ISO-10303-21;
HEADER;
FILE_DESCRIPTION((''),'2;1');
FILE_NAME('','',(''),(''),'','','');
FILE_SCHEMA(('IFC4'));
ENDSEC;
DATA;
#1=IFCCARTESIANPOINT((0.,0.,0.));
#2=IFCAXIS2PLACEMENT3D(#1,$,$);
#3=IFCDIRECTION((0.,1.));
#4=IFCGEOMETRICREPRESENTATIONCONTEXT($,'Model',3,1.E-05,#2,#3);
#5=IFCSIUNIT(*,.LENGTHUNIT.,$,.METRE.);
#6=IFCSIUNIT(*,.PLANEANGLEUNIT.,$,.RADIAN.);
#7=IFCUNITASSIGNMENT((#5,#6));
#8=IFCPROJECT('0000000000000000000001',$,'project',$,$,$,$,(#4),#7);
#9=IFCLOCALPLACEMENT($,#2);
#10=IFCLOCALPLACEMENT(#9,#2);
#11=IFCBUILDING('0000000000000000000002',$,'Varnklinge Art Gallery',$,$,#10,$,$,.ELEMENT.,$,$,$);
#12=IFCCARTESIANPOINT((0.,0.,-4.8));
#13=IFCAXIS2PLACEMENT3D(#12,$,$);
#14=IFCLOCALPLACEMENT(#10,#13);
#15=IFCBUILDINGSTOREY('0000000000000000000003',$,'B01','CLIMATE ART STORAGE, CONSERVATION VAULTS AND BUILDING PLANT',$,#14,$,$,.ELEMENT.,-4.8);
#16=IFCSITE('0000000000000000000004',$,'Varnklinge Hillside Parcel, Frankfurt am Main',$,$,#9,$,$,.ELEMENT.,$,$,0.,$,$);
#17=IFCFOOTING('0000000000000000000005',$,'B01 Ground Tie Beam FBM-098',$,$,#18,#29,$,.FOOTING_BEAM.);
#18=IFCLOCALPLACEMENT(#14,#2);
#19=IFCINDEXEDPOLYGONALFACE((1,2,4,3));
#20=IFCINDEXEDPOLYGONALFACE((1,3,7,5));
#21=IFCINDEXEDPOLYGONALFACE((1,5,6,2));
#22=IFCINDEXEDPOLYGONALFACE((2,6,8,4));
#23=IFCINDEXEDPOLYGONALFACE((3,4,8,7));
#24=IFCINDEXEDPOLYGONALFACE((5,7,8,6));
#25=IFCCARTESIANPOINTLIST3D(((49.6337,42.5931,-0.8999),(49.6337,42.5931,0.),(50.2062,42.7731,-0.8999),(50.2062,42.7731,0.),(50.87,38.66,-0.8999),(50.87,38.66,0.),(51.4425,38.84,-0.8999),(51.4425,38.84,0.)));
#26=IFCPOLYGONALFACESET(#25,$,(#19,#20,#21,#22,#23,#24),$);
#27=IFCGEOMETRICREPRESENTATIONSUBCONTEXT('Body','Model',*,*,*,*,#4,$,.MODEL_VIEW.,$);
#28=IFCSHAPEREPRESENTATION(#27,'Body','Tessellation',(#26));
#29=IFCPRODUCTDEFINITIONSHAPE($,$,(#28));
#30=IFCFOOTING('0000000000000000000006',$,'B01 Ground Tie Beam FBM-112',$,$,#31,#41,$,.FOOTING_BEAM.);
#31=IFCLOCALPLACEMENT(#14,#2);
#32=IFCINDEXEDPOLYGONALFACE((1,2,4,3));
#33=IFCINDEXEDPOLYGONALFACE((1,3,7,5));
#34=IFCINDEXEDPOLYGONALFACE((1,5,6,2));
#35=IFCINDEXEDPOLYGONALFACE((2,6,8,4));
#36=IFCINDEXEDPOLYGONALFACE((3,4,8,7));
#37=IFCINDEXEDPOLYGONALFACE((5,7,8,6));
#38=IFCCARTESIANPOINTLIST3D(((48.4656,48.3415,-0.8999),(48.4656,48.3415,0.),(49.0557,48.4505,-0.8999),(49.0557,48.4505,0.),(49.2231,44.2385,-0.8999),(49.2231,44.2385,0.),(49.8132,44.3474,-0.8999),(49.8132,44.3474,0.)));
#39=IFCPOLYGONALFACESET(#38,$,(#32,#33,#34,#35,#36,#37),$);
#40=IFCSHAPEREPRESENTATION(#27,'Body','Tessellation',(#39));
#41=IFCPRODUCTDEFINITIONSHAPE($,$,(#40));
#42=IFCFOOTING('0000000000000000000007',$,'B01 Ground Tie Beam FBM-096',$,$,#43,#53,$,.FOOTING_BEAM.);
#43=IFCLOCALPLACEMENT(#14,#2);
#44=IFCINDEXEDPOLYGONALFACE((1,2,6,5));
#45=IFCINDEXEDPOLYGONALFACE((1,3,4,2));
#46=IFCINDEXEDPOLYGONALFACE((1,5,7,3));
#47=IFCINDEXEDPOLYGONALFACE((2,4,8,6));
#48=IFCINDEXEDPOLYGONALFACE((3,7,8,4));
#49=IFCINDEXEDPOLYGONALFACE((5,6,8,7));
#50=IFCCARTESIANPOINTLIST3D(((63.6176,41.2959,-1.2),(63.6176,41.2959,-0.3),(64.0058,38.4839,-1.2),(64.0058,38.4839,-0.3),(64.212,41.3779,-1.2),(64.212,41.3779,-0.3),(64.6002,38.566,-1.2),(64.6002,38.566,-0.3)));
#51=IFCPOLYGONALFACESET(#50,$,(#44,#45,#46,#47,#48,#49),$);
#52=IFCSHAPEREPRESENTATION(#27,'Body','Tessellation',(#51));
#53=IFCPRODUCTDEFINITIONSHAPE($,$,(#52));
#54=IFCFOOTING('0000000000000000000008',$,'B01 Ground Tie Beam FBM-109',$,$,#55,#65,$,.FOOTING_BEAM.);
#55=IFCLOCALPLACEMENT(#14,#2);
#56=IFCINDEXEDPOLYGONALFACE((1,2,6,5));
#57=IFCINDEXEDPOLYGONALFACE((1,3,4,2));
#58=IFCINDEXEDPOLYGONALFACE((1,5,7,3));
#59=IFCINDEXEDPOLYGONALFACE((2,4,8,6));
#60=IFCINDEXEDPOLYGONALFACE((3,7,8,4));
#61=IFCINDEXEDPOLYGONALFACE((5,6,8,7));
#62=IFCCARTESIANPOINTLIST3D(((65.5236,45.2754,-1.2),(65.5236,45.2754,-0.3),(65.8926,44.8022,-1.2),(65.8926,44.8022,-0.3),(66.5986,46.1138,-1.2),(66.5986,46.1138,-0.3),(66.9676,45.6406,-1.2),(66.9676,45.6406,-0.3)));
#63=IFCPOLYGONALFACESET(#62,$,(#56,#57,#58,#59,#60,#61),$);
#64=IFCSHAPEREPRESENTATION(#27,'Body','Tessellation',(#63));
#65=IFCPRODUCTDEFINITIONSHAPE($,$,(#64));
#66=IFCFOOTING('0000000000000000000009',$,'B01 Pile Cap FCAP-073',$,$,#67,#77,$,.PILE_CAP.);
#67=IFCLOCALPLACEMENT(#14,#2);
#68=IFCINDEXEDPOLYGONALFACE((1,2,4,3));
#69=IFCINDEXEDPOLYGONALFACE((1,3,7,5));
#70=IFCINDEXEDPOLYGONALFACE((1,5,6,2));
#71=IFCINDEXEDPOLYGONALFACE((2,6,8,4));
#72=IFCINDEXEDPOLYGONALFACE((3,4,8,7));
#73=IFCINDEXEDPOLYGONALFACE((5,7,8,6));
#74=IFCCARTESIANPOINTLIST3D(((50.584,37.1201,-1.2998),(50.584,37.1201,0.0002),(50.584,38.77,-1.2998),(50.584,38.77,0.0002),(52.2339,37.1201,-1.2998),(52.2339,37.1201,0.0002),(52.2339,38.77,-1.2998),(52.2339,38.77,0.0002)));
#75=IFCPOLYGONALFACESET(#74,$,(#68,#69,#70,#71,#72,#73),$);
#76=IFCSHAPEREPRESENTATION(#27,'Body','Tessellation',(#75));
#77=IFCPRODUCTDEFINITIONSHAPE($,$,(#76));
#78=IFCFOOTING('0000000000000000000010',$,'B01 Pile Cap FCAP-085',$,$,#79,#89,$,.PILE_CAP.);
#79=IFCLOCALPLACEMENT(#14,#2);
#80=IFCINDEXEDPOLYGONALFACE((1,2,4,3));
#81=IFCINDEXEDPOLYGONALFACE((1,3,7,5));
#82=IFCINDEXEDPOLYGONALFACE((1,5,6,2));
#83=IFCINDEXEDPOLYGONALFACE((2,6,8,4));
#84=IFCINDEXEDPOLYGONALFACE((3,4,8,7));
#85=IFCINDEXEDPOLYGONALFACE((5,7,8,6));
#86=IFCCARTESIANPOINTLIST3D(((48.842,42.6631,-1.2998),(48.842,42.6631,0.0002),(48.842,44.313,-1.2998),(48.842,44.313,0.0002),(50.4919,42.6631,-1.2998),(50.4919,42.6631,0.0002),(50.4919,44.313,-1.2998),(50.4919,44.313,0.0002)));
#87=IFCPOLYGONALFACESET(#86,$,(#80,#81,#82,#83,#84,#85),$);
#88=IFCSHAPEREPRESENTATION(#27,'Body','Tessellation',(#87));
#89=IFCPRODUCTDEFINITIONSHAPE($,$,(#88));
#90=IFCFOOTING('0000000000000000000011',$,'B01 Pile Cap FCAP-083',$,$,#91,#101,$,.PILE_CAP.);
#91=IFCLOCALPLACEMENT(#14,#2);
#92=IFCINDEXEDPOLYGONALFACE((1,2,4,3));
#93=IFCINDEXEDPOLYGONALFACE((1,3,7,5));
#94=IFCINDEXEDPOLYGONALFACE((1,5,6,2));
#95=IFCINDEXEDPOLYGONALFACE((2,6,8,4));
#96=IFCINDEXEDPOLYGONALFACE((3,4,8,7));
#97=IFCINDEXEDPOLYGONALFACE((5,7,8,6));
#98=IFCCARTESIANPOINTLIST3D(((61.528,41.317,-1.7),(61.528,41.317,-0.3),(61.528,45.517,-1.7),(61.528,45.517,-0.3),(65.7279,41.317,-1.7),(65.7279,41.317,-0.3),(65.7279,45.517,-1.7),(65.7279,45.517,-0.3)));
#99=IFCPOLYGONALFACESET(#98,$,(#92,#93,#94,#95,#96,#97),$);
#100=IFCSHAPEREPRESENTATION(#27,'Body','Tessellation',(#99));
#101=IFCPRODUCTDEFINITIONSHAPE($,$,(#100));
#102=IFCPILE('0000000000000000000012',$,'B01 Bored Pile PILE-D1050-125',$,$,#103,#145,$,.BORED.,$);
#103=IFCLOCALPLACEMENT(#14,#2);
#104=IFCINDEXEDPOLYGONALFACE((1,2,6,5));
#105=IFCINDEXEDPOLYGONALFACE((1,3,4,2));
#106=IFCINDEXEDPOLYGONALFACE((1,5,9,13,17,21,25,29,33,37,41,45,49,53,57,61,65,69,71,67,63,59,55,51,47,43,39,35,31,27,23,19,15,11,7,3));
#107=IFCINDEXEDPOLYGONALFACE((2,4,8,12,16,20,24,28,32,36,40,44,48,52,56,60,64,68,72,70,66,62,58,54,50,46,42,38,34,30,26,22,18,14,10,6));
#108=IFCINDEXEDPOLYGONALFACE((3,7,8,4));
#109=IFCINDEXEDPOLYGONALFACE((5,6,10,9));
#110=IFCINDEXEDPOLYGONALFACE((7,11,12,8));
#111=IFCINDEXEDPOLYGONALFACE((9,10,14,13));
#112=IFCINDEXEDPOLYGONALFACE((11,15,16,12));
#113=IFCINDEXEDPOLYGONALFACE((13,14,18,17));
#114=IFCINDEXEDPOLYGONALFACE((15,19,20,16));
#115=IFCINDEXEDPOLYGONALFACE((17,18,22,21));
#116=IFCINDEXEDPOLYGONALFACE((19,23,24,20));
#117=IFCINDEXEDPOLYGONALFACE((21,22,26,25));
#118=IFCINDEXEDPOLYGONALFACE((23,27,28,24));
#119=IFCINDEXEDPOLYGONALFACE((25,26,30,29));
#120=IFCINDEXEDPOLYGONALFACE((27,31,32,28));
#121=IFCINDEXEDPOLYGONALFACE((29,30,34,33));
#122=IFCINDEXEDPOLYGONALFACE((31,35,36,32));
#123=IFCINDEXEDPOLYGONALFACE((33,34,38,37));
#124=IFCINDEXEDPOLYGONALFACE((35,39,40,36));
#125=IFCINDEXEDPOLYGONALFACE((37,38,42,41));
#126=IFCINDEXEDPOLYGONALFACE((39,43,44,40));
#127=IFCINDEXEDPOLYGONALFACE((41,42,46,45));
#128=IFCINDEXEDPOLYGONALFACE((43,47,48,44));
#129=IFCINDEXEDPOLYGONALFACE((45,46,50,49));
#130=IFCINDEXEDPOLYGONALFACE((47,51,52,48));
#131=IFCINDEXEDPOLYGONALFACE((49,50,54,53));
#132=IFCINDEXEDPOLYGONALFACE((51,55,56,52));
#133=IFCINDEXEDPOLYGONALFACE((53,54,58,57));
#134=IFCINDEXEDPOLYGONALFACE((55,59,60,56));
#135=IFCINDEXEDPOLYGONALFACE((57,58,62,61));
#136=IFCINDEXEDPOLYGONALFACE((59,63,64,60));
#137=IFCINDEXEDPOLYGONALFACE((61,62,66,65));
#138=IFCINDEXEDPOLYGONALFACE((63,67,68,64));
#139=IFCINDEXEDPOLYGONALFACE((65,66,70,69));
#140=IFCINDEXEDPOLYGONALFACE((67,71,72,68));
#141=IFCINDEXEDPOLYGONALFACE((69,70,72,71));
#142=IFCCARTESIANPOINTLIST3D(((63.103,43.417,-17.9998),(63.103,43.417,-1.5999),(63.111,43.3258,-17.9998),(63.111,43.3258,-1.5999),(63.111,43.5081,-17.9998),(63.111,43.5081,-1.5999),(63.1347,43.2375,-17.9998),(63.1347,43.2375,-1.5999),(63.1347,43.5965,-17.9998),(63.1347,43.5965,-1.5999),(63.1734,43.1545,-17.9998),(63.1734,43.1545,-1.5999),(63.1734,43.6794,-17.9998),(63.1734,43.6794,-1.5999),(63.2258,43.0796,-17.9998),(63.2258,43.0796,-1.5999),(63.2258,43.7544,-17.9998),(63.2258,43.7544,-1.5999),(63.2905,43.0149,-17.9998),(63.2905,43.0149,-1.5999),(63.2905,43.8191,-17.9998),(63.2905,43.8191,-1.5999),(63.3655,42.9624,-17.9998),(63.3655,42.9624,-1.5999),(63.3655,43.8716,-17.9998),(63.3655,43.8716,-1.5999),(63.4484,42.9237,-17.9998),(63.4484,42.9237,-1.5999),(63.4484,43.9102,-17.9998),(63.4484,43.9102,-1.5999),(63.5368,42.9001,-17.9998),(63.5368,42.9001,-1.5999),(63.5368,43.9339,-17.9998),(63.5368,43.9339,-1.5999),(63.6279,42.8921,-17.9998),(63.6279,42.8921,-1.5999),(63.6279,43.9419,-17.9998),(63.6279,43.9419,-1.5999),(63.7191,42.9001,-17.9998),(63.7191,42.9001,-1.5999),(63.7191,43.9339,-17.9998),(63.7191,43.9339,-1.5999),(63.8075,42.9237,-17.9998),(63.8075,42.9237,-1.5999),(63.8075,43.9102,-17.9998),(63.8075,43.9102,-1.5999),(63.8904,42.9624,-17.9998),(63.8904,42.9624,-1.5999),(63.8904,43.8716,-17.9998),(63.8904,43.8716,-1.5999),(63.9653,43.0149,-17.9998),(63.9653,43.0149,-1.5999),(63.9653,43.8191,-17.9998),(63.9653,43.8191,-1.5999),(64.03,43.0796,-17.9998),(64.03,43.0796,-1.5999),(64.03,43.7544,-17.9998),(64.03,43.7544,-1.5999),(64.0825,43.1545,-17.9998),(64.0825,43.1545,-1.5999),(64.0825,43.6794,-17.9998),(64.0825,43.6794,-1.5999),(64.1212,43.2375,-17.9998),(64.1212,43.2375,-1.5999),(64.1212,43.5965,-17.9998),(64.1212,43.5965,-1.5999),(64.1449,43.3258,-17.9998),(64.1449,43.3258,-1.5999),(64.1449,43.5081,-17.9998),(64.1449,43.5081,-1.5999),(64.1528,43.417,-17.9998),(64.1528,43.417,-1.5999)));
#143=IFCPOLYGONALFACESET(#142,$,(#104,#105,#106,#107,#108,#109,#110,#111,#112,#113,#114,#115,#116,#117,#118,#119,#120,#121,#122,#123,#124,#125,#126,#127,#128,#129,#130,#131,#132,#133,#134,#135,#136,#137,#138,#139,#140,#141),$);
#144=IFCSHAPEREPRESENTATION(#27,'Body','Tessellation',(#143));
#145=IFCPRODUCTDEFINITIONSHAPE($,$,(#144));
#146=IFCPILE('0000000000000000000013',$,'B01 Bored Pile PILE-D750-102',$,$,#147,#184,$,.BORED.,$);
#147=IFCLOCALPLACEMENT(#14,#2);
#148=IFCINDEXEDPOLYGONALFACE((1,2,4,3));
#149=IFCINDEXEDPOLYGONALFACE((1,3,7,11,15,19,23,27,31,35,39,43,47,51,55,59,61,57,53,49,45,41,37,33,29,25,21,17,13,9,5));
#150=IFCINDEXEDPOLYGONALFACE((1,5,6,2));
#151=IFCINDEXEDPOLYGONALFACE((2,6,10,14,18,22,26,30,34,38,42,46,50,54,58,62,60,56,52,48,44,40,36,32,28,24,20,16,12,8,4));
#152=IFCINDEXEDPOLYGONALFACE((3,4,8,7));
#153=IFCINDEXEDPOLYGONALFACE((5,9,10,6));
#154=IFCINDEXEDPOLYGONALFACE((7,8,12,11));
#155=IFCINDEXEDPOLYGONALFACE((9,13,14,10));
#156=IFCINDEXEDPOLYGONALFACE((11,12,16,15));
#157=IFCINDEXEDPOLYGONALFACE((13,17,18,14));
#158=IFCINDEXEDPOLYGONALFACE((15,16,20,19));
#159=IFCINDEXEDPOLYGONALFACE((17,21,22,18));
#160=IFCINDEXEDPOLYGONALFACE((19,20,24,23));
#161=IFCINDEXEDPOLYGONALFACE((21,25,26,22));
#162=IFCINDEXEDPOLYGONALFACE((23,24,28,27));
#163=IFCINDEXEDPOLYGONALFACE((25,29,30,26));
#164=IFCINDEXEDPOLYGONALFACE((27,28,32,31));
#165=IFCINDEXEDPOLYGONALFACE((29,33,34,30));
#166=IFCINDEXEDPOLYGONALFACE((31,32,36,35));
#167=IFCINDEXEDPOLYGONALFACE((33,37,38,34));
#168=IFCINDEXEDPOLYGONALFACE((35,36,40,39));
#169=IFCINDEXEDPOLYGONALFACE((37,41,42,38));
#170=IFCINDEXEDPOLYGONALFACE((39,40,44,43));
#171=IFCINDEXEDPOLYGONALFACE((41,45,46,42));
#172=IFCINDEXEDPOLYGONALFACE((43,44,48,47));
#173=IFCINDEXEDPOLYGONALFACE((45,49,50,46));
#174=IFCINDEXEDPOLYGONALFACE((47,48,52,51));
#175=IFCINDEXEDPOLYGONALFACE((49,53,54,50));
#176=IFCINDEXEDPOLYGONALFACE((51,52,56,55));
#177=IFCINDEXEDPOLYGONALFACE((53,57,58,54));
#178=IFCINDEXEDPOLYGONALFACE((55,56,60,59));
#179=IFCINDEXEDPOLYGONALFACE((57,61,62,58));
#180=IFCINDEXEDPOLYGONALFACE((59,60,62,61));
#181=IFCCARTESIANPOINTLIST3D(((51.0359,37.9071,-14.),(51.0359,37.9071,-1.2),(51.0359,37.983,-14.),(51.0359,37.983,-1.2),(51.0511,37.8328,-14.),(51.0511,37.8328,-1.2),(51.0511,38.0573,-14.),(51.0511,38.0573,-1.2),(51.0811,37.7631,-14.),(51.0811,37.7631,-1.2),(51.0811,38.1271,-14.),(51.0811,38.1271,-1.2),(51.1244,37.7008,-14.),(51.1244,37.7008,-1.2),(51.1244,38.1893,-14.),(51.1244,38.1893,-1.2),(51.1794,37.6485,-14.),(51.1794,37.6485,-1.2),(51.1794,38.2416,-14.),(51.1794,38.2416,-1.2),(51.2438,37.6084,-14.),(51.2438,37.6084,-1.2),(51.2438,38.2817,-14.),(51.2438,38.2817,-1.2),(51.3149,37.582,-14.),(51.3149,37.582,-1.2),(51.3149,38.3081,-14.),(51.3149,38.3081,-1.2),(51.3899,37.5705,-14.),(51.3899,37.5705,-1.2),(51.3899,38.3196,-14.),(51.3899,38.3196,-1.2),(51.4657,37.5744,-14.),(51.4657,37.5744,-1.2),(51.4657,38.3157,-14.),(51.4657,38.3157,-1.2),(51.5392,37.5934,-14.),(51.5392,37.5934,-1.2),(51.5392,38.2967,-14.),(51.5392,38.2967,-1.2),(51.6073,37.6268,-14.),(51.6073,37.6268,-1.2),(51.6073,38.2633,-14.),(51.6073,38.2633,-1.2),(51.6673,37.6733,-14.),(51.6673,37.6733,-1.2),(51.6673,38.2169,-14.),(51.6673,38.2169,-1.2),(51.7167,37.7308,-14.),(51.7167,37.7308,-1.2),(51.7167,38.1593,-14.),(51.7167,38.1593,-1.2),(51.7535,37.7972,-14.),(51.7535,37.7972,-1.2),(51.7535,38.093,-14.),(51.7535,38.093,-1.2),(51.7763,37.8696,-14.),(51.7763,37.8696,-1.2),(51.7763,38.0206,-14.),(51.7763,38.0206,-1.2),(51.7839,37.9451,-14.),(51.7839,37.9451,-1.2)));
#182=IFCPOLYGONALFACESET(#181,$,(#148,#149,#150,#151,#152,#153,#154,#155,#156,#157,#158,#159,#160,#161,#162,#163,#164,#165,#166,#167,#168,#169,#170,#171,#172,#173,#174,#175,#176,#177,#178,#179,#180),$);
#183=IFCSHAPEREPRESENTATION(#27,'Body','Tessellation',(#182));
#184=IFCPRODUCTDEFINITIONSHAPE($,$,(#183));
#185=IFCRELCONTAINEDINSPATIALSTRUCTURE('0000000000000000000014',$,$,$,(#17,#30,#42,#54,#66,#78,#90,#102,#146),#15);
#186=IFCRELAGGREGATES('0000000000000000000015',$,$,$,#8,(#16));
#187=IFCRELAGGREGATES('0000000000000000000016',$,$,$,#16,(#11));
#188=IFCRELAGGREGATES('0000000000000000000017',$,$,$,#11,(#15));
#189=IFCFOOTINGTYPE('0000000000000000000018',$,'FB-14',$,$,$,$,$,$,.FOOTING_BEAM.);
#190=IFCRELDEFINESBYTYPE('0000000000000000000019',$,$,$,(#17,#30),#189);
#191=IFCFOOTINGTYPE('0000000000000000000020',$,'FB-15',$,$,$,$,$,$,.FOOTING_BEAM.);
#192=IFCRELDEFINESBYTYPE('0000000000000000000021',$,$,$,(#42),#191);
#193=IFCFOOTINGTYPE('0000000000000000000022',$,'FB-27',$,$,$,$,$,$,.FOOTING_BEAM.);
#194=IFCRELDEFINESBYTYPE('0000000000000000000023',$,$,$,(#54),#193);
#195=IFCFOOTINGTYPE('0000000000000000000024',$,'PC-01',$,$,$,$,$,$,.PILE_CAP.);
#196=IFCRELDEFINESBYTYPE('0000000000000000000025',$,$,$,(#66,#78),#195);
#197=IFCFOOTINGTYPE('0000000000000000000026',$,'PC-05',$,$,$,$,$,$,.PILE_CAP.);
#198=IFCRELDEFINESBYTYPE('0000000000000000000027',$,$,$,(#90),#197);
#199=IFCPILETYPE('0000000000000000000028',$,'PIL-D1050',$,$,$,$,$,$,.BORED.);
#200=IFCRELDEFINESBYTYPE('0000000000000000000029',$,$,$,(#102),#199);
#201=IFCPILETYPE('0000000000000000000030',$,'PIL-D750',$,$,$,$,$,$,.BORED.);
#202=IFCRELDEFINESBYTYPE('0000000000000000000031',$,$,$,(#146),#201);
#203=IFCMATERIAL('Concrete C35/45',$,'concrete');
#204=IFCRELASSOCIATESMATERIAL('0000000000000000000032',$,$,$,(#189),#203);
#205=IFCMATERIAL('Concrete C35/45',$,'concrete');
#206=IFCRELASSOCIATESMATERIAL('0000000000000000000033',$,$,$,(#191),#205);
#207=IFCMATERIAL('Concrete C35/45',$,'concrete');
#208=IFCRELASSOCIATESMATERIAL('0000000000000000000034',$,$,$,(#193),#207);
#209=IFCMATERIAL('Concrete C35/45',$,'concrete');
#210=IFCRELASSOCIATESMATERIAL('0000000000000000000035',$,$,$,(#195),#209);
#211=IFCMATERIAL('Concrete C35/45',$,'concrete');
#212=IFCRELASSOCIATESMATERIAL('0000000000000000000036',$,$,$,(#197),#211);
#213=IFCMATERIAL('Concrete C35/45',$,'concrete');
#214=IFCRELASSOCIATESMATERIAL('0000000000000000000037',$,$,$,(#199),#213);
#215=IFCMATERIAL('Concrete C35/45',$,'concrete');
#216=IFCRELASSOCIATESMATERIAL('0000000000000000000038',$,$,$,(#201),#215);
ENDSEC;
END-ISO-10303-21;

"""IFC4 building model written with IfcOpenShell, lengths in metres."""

from ifc_helpers import new_model, si_unit, direction, frame, origin, origin_2d, place, context, subcontext, project, spatial, rectangle, circle, extrude, material, material_profile, profile_set, type_object, element, save


model = new_model("IFC4")

# Units and contexts
model_context = context("Model", 3, precision=1e-05, world=origin(), true_north=direction((0.0, 1.0)))
body_context = subcontext(model_context, "Body", "Model", "MODEL_VIEW")
ifc_project = project(units=[si_unit("LENGTHUNIT", "METRE"), si_unit("PLANEANGLEUNIT", "RADIAN")], contexts=[model_context])

# Site, building, storey
site_placement = place(None, origin())
site = spatial("IfcSite", under=ifc_project, at=site_placement, Name="Varnklinge Hillside Parcel, Frankfurt am Main", CompositionType="ELEMENT", RefElevation=0.0)
building_placement = place(site_placement, origin())
building = spatial("IfcBuilding", under=site, at=building_placement, Name="Varnklinge Art Gallery", CompositionType="ELEMENT")
storey_placement = place(building_placement, frame((0.0, 0.0, -4.8)))
storey = spatial("IfcBuildingStorey", under=building, at=storey_placement, Name="B01", Description="CLIMATE ART STORAGE, CONSERVATION VAULTS AND BUILDING PLANT", CompositionType="ELEMENT", Elevation=-4.8)

# Footings
ifc_material_1 = material(Name="Concrete C35/45", Category="concrete")
footing_type_1 = type_object("IfcFootingType", Name="FB-14", PredefinedType="FOOTING_BEAM", material=ifc_material_1)
footing_1_placement = place(storey_placement, frame((50.5381, 40.7166, -0.8999), z_axis=(0.0, 0.0, 1.0), x_axis=(-0.299873, 0.953979, 0.0)))
element("IfcFooting", 1, at=footing_1_placement, inside=storey, type_object=footing_type_1, Name="B01 Ground Tie Beam FBM-098", PredefinedType="FOOTING_BEAM", context=body_context, shape_type="SweptSolid", body=[
    extrude(rectangle(XDim=4.1228, YDim=0.6001, at=origin_2d()), origin(), (0.0, 0.0, 1.0), 0.8999),
])
footing_2_placement = place(storey_placement, frame((49.1394, 46.3445, -0.8999), z_axis=(0.0, 0.0, 1.0), x_axis=(-0.181549, 0.983382, 0.0)))
element("IfcFooting", 2, at=footing_2_placement, inside=storey, type_object=footing_type_1, Name="B01 Ground Tie Beam FBM-112", PredefinedType="FOOTING_BEAM", context=body_context, shape_type="SweptSolid", body=[
    extrude(rectangle(XDim=4.1724, YDim=0.6001, at=origin_2d()), origin(), (0.0, 0.0, 1.0), 0.8999),
])
ifc_material_2 = material(Name="Concrete C35/45", Category="concrete")
footing_type_2 = type_object("IfcFootingType", Name="FB-15", PredefinedType="FOOTING_BEAM", material=ifc_material_2)
footing_3_placement = place(storey_placement, frame((64.1089, 39.9309, -1.2), z_axis=(0.0, 0.0, 1.0), x_axis=(-0.136753, 0.990605, 0.0)))
element("IfcFooting", 3, at=footing_3_placement, inside=storey, type_object=footing_type_2, Name="B01 Ground Tie Beam FBM-096", PredefinedType="FOOTING_BEAM", context=body_context, shape_type="SweptSolid", body=[
    extrude(rectangle(XDim=2.8386, YDim=0.6001, at=origin_2d()), origin(), (0.0, 0.0, 1.0), 0.8999),
])
ifc_material_3 = material(Name="Concrete C35/45", Category="concrete")
footing_type_3 = type_object("IfcFootingType", Name="FB-27", PredefinedType="FOOTING_BEAM", material=ifc_material_3)
footing_4_placement = place(storey_placement, frame((66.2456, 45.458, -1.2), z_axis=(0.0, 0.0, 1.0), x_axis=(0.788548, 0.614974, 0.0)))
element("IfcFooting", 4, at=footing_4_placement, inside=storey, type_object=footing_type_3, Name="B01 Ground Tie Beam FBM-109", PredefinedType="FOOTING_BEAM", context=body_context, shape_type="SweptSolid", body=[
    extrude(rectangle(XDim=1.3633, YDim=0.6001, at=origin_2d()), origin(), (0.0, 0.0, 1.0), 0.8999),
])
ifc_material_4 = material(Name="Concrete C35/45", Category="concrete")
footing_type_4 = type_object("IfcFootingType", Name="PC-01", PredefinedType="PILE_CAP", material=ifc_material_4)
for number, where, z_axis, x_axis, name in (
    (5, (51.4089, 37.9451, -1.2998), (0.0, 0.0, 1.0), (1.0, 0.0, 0.0), "B01 Pile Cap FCAP-073"),
    (6, (49.667, 43.488, -1.2998), (0.0, 0.0, 1.0), (1.0, 0.0, 0.0), "B01 Pile Cap FCAP-085"),
):
    element("IfcFooting", number, at=place(storey_placement, frame(where, z_axis=z_axis, x_axis=x_axis)), inside=storey, type_object=footing_type_4, Name=name, PredefinedType="PILE_CAP", context=body_context, shape_type="SweptSolid", body=[
        extrude(rectangle(XDim=1.6499, YDim=1.6499, at=origin_2d()), origin(), (0.0, 0.0, 1.0), 1.3),
    ])
ifc_material_5 = material(Name="Concrete C35/45", Category="concrete")
footing_type_5 = type_object("IfcFootingType", Name="PC-05", PredefinedType="PILE_CAP", material=ifc_material_5)
footing_5_placement = place(storey_placement, frame((63.6279, 43.417, -1.7), z_axis=(0.0, 0.0, 1.0), x_axis=(1.0, 0.0, 0.0)))
element("IfcFooting", 7, at=footing_5_placement, inside=storey, type_object=footing_type_5, Name="B01 Pile Cap FCAP-083", PredefinedType="PILE_CAP", context=body_context, shape_type="SweptSolid", body=[
    extrude(rectangle(XDim=4.2, YDim=4.2, at=origin_2d()), origin(), (0.0, 0.0, 1.0), 1.3999),
])

# Piles
ifc_material_6 = material(Name="Concrete C35/45", Category="concrete")
ifc_material_profile_1 = material_profile(ifc_material_6, circle(Radius=0.5249, at=origin_2d()), Name="PILE D1050")
ifc_profile_set_1 = profile_set([ifc_material_profile_1], Name="Concrete C35/45")
pile_type_1 = type_object("IfcPileType", Name="PIL-D1050", PredefinedType="BORED", material=ifc_profile_set_1)
pile_placement = place(storey_placement, frame((63.6279, 43.417, -1.5999), z_axis=(0.0, 0.0, -1.0), x_axis=(1.0, 0.0, 0.0)))
element("IfcPile", 8, at=pile_placement, inside=storey, type_object=pile_type_1, Name="B01 Bored Pile PILE-D1050-125", PredefinedType="BORED", context=body_context, shape_type="SweptSolid", body=[
    extrude(circle(Radius=0.5249, at=origin_2d()), origin(), (0.0, 0.0, 1.0), 16.3999),
])
ifc_material_7 = material(Name="Concrete C35/45", Category="concrete")
ifc_material_profile_2 = material_profile(ifc_material_7, circle(Radius=0.375, at=origin_2d()), Name="PILE D750")
ifc_profile_set_2 = profile_set([ifc_material_profile_2], Name="Concrete C35/45")
pile_type_2 = type_object("IfcPileType", Name="PIL-D750", PredefinedType="BORED", material=ifc_profile_set_2)
for number, where, z_axis, x_axis, name in (
    (9, (51.4089, 37.9451, -1.2), (0.0, 0.0, -1.0), (1.0, 0.0, 0.0), "B01 Bored Pile PILE-D750-102"),
):
    element("IfcPile", number, at=place(storey_placement, frame(where, z_axis=z_axis, x_axis=x_axis)), inside=storey, type_object=pile_type_2, Name=name, PredefinedType="BORED", context=body_context, shape_type="SweptSolid", body=[
        extrude(circle(Radius=0.375, at=origin_2d()), origin(), (0.0, 0.0, 1.0), 12.8),
    ])

save(model, "model.ifc")
